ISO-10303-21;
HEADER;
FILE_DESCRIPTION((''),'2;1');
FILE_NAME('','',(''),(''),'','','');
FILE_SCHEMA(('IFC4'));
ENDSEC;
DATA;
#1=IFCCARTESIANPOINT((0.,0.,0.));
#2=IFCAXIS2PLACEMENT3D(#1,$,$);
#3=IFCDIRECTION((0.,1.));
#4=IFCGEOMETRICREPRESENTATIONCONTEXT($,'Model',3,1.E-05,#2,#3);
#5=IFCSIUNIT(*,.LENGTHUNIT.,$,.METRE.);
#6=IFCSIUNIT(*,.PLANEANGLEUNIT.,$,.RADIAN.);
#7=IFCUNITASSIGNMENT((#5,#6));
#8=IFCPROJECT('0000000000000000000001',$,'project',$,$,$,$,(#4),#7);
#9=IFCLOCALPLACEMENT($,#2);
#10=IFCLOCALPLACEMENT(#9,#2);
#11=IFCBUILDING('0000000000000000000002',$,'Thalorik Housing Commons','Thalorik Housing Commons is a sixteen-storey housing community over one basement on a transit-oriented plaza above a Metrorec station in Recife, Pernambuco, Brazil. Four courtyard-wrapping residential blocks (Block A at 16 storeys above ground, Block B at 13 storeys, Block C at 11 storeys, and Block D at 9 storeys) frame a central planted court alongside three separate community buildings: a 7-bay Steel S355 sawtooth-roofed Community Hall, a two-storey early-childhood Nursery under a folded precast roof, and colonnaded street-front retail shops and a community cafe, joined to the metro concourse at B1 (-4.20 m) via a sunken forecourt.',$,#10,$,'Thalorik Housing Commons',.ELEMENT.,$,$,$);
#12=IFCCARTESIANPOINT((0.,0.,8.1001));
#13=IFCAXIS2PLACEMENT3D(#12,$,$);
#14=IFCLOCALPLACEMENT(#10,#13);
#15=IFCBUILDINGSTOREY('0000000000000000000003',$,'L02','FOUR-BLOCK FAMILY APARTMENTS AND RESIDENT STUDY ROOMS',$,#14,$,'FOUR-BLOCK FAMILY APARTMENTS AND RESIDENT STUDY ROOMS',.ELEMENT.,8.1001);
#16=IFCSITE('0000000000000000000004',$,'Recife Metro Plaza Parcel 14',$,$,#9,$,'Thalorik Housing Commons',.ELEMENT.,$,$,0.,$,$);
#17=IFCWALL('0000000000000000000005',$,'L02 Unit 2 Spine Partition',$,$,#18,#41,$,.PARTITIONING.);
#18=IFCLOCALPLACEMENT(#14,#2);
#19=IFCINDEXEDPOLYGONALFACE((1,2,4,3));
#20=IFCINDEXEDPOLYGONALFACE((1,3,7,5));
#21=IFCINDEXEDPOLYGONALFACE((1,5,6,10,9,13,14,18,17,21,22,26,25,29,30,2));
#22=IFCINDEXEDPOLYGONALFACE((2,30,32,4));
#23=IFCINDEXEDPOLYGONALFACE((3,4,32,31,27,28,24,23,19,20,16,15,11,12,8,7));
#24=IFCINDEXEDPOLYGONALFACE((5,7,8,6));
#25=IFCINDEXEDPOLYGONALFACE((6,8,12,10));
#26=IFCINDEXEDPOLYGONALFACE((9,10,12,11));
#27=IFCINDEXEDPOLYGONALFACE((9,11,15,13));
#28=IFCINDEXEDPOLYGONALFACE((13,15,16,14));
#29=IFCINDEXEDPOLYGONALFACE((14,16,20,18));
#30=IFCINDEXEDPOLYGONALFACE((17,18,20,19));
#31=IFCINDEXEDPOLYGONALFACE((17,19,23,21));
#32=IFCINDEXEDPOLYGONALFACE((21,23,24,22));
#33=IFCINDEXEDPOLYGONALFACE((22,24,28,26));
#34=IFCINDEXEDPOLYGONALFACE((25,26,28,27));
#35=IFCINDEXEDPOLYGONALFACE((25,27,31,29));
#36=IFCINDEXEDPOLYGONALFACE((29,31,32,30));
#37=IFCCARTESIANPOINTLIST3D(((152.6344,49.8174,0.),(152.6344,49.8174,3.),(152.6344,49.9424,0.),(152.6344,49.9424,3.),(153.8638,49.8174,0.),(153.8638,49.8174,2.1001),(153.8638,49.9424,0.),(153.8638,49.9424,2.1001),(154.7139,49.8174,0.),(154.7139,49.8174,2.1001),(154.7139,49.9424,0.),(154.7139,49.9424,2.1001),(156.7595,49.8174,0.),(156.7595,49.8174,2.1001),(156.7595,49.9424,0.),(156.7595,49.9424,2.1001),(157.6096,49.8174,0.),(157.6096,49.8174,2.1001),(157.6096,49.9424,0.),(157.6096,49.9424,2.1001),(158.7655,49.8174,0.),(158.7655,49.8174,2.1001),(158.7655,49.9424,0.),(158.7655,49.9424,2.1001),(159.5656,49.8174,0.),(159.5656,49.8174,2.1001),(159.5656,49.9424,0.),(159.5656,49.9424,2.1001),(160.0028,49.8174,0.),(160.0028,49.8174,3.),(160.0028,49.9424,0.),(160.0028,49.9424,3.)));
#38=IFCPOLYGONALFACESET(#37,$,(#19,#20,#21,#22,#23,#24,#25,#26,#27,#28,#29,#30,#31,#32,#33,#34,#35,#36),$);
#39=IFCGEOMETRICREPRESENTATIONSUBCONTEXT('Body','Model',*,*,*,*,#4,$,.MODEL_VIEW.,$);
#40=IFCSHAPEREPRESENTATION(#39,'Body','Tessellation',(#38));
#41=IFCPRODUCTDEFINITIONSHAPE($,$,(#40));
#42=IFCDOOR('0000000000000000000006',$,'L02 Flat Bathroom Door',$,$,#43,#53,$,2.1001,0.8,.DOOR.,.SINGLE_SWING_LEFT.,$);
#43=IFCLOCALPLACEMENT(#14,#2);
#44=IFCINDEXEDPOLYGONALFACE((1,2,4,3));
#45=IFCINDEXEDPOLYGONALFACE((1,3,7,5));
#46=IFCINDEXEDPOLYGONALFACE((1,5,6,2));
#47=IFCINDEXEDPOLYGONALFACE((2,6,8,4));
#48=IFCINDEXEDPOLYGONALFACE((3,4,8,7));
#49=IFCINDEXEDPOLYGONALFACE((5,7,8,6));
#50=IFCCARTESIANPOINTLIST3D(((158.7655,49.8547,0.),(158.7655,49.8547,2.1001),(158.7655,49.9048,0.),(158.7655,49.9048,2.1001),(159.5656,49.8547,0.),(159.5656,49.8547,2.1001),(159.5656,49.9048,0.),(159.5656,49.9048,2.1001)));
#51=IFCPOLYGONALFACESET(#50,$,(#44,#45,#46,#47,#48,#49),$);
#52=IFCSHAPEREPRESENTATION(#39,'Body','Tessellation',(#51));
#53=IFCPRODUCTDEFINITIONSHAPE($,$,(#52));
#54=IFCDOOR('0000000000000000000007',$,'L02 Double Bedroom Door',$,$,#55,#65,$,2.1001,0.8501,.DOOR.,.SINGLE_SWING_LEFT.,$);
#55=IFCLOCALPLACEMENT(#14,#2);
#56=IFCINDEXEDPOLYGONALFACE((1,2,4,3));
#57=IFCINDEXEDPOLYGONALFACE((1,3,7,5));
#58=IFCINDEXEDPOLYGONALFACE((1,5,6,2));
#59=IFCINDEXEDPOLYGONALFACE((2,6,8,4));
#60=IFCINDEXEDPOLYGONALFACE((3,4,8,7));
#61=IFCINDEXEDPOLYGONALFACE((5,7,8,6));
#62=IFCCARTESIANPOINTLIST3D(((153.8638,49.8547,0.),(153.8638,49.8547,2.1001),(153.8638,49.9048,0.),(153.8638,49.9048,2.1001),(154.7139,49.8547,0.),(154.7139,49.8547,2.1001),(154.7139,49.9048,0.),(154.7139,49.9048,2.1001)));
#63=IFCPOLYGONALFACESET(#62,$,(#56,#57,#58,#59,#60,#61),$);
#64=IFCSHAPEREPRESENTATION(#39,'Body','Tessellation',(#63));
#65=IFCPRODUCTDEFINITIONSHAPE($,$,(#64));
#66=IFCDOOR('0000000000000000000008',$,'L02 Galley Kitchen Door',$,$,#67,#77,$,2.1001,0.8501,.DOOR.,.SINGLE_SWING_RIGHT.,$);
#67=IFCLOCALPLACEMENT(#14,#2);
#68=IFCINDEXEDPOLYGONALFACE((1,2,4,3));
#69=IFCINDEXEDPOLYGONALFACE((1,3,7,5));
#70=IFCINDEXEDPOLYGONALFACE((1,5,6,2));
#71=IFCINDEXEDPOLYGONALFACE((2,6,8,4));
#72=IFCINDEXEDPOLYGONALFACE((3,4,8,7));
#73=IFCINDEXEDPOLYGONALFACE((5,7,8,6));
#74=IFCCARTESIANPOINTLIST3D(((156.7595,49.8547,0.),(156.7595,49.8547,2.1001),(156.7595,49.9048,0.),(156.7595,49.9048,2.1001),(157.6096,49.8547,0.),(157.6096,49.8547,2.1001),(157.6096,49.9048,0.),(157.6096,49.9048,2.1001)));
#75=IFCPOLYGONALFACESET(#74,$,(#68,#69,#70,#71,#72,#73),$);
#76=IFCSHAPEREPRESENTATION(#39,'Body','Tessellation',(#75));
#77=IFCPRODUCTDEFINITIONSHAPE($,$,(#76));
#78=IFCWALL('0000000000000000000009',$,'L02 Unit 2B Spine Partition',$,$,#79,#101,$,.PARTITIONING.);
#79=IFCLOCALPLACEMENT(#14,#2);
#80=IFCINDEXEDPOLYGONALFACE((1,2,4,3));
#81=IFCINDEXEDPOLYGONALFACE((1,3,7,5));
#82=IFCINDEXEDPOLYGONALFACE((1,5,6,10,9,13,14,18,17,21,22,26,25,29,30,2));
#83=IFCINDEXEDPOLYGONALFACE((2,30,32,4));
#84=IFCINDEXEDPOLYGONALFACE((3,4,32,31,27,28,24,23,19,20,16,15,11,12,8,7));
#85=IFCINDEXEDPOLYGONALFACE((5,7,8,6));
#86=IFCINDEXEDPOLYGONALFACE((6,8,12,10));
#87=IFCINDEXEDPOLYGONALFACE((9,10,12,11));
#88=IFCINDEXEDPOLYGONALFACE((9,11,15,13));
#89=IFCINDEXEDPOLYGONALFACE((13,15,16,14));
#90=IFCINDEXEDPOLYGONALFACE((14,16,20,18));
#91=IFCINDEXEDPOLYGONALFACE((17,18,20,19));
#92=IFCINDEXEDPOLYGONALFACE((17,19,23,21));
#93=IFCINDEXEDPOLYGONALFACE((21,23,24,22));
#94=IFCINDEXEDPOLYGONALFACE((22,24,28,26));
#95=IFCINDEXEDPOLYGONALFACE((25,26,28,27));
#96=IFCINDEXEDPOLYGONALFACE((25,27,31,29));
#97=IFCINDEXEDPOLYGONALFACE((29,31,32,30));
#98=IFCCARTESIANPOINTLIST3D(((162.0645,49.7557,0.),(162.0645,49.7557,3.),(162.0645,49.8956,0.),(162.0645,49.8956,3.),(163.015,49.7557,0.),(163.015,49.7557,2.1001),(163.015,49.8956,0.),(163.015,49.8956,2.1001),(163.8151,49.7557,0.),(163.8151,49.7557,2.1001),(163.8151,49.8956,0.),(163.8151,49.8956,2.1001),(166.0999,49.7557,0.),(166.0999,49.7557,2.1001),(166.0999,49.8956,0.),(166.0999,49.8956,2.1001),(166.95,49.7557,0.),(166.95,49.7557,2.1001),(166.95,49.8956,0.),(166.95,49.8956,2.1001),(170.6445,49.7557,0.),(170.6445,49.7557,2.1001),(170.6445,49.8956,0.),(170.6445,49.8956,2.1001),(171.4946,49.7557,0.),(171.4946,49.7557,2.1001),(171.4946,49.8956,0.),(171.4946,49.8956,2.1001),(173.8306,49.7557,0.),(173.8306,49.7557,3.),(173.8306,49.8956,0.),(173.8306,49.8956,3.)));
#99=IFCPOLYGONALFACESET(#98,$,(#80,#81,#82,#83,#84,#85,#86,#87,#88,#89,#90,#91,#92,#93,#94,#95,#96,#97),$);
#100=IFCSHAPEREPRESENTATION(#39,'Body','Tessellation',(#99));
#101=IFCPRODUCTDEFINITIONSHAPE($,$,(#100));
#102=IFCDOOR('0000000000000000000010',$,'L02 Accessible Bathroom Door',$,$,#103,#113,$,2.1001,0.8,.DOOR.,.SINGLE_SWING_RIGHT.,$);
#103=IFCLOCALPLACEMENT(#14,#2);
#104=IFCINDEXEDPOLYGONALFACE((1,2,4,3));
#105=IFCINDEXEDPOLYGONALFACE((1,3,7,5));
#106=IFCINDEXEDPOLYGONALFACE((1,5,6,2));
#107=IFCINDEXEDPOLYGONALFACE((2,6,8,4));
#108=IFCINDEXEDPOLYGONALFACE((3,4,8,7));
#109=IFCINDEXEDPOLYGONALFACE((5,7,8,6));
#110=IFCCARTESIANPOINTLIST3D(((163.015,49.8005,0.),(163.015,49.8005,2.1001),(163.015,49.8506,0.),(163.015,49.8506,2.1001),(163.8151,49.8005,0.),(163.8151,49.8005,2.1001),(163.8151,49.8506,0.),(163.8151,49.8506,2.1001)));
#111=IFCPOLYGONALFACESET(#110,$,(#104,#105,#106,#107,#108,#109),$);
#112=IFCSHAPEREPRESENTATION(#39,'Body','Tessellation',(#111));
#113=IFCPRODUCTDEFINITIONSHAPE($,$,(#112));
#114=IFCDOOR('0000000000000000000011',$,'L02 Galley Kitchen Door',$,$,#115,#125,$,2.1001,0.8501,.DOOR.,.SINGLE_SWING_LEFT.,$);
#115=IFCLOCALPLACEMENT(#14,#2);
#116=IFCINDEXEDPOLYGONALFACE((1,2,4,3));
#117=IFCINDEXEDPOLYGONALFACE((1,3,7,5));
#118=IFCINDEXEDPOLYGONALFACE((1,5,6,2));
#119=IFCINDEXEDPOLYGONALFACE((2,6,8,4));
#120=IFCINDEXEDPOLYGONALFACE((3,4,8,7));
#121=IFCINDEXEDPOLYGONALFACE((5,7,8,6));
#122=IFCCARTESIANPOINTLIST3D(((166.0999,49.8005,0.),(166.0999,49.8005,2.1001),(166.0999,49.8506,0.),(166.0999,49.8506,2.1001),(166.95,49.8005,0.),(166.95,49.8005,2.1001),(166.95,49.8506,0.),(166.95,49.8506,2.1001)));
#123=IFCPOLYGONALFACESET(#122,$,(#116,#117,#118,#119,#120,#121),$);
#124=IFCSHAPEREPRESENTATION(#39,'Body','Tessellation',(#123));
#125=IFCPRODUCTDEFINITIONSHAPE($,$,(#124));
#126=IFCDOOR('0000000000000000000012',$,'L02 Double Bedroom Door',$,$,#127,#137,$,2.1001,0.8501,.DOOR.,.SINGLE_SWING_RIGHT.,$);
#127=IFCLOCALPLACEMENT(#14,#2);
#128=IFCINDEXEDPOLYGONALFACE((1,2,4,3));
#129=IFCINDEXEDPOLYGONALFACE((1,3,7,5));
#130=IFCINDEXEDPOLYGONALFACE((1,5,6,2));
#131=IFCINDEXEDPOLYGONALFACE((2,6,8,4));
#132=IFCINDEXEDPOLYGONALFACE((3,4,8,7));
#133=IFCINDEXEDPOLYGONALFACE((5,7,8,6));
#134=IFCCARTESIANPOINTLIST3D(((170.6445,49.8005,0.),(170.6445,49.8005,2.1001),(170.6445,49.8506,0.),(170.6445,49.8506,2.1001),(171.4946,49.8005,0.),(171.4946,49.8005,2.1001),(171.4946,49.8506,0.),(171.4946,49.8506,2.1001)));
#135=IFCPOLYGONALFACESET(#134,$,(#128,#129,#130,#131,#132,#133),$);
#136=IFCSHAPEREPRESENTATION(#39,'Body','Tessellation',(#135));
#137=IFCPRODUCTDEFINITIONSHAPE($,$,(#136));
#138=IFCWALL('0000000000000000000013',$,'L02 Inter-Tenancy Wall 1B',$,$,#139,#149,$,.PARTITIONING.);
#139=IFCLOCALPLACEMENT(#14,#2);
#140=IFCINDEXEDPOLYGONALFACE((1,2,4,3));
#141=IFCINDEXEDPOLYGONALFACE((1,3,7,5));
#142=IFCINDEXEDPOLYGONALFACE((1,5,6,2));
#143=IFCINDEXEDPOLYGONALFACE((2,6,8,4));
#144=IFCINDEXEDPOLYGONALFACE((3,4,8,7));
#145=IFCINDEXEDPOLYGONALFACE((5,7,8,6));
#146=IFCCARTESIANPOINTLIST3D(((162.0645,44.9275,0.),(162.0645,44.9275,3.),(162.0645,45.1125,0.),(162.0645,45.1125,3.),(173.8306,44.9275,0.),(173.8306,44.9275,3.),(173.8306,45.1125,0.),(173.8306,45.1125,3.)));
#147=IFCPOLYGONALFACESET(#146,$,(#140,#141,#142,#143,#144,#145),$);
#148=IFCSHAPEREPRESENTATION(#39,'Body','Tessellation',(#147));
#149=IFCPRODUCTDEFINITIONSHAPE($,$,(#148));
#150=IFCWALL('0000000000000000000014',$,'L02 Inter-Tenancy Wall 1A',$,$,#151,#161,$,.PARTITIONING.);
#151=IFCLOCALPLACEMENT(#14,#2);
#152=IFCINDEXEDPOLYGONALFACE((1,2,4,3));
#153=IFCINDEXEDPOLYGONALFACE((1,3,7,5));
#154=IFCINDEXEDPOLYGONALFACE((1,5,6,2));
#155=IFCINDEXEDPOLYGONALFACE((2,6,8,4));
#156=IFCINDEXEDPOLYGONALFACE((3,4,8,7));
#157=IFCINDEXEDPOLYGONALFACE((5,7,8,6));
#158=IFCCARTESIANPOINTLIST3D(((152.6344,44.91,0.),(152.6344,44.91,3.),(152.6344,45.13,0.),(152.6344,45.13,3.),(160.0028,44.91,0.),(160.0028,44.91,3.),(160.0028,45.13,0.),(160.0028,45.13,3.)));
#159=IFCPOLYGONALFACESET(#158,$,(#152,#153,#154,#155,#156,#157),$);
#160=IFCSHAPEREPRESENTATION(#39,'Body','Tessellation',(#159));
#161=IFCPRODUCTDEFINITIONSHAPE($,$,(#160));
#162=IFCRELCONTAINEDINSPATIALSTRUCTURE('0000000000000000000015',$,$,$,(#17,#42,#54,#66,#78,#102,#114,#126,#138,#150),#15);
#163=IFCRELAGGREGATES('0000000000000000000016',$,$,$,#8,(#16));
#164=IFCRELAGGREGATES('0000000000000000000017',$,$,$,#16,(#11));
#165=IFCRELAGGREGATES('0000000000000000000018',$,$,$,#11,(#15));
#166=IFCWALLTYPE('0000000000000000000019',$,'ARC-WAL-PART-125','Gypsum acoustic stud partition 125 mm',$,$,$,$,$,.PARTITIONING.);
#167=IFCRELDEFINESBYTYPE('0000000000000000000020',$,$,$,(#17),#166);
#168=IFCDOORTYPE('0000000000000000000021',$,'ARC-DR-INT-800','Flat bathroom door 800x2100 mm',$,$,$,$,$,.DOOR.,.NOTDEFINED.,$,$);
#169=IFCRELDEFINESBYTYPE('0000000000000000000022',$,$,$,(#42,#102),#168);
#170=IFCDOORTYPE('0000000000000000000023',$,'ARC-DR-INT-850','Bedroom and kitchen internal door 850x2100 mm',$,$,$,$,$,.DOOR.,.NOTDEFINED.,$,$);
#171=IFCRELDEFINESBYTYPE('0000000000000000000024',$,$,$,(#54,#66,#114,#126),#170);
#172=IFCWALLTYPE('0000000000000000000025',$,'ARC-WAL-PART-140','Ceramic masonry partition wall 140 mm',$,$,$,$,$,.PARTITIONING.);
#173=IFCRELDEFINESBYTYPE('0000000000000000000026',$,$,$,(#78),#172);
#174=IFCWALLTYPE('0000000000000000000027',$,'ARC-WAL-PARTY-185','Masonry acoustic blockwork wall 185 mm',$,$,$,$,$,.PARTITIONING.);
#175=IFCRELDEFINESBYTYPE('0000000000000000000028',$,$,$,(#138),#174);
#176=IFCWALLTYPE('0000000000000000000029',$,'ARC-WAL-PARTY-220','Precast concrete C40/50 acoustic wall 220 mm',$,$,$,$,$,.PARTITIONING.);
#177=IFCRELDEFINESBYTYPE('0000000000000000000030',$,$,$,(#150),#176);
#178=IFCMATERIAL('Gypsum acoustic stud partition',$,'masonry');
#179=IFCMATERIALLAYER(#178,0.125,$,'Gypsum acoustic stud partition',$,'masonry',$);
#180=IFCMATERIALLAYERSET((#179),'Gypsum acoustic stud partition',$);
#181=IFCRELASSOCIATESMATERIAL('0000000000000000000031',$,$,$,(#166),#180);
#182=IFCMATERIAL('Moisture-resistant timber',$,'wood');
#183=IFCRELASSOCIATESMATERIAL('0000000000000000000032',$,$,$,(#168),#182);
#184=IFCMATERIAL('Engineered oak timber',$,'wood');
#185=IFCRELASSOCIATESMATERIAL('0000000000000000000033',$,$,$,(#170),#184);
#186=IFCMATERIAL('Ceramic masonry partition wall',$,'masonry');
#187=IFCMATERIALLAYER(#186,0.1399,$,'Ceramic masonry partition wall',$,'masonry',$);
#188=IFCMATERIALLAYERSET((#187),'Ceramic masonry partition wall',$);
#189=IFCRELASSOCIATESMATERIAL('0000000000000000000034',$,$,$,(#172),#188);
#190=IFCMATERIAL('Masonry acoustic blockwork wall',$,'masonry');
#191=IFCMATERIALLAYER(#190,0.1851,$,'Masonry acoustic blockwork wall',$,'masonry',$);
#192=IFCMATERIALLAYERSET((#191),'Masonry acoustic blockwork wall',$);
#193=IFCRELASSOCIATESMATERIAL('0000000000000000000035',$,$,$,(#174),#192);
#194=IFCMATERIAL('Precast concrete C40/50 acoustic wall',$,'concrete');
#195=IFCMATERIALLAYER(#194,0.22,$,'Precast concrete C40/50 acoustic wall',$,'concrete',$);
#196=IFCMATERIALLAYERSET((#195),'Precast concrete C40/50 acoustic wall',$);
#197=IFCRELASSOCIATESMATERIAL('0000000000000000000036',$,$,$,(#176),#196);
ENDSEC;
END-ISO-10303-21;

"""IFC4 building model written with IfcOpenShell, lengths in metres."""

from ifc_helpers import new_model, si_unit, direction, frame, frame_2d, origin, place, context, subcontext, project, spatial, rectangle, extrude, material, layer, layer_set, type_object, element, fill, save


model = new_model("IFC4")

# Units and contexts
model_context = context("Model", 3, precision=1e-05, world=origin(), true_north=direction((0.0, 1.0)))
body_context = subcontext(model_context, "Body", "Model", "MODEL_VIEW")
ifc_project = project(units=[si_unit("LENGTHUNIT", "METRE"), si_unit("PLANEANGLEUNIT", "RADIAN")], contexts=[model_context])

# Site, building, storey
site_placement = place(None, origin())
site = spatial("IfcSite", under=ifc_project, at=site_placement, Name="Recife Metro Plaza Parcel 14", LongName="Thalorik Housing Commons", CompositionType="ELEMENT", RefElevation=0.0)
building_placement = place(site_placement, origin())
building = spatial("IfcBuilding", under=site, at=building_placement, Name="Thalorik Housing Commons", Description="Thalorik Housing Commons is a sixteen-storey housing community over one basement on a transit-oriented plaza above a Metrorec station in Recife, Pernambuco, Brazil. Four courtyard-wrapping residential blocks (Block A at 16 storeys above ground, Block B at 13 storeys, Block C at 11 storeys, and Block D at 9 storeys) frame a central planted court alongside three separate community buildings: a 7-bay Steel S355 sawtooth-roofed Community Hall, a two-storey early-childhood Nursery under a folded precast roof, and colonnaded street-front retail shops and a community cafe, joined to the metro concourse at B1 (-4.20 m) via a sunken forecourt.", LongName="Thalorik Housing Commons", CompositionType="ELEMENT")
storey_placement = place(building_placement, frame((0.0, 0.0, 8.1001)))
storey = spatial("IfcBuildingStorey", under=building, at=storey_placement, Name="L02", Description="FOUR-BLOCK FAMILY APARTMENTS AND RESIDENT STUDY ROOMS", LongName="FOUR-BLOCK FAMILY APARTMENTS AND RESIDENT STUDY ROOMS", CompositionType="ELEMENT", Elevation=8.1001)

# Walls, openings, doors
ifc_material_1 = material(Name="Gypsum acoustic stud partition", Category="masonry")
ifc_layer_1 = layer(ifc_material_1, 0.125, Name="Gypsum acoustic stud partition", Category="masonry")
ifc_layer_set_1 = layer_set([ifc_layer_1], Name="Gypsum acoustic stud partition")
wall_type_1 = type_object("IfcWallType", Name="ARC-WAL-PART-125", Description="Gypsum acoustic stud partition 125 mm", PredefinedType="PARTITIONING", material=ifc_layer_set_1)
wall_1_placement = place(storey_placement, frame((152.6345, 49.8799, 0.0), z_axis=(0.0, 0.0, 1.0), x_axis=(1.0, 0.0, 0.0)))
wall_1 = element("IfcWall", 1, at=wall_1_placement, inside=storey, type_object=wall_type_1, Name="L02 Unit 2 Spine Partition", PredefinedType="PARTITIONING", context=body_context, shape_type="SweptSolid", body=[
    extrude(rectangle(XDim=7.3684, YDim=0.125, at=frame_2d((3.6841, 0.0))), origin(), (0.0, 0.0, 1.0), 3.0),
])
opening_1_placement = place(wall_1_placement, frame((1.2292, 0.0, 0.0)))
opening_1 = element("IfcOpeningElement", 2, at=opening_1_placement, cuts=wall_1, PredefinedType="OPENING", context=body_context, shape_type="SweptSolid", body=[
    extrude(rectangle(XDim=0.8501, YDim=2.1001, at=frame_2d((0.425, 1.05))), frame((0.0, 0.0725, 0.0), z_axis=(0.0, -1.0, 0.0), x_axis=(1.0, 0.0, 0.0)), (0.0, 0.0, 1.0), 0.145),
])
opening_2_placement = place(wall_1_placement, frame((4.125, 0.0, 0.0)))
opening_2 = element("IfcOpeningElement", 3, at=opening_2_placement, cuts=wall_1, PredefinedType="OPENING", context=body_context, shape_type="SweptSolid", body=[
    extrude(rectangle(XDim=0.8501, YDim=2.1001, at=frame_2d((0.425, 1.05))), frame((0.0, 0.0725, 0.0), z_axis=(0.0, -1.0, 0.0), x_axis=(1.0, 0.0, 0.0)), (0.0, 0.0, 1.0), 0.145),
])
opening_3_placement = place(wall_1_placement, frame((6.1311, 0.0, 0.0)))
opening_3 = element("IfcOpeningElement", 4, at=opening_3_placement, cuts=wall_1, PredefinedType="OPENING", context=body_context, shape_type="SweptSolid", body=[
    extrude(rectangle(XDim=0.8, YDim=2.1001, at=frame_2d((0.3999, 1.05))), frame((0.0, 0.0725, 0.0), z_axis=(0.0, -1.0, 0.0), x_axis=(1.0, 0.0, 0.0)), (0.0, 0.0, 1.0), 0.145),
])
ifc_material_2 = material(Name="Moisture-resistant timber", Category="wood")
door_type_1 = type_object("IfcDoorType", Name="ARC-DR-INT-800", Description="Flat bathroom door 800x2100 mm", OperationType="NOTDEFINED", PredefinedType="DOOR", material=ifc_material_2)
door_1_placement = place(opening_3_placement, origin())
door_1 = element("IfcDoor", 5, at=door_1_placement, inside=storey, type_object=door_type_1, Name="L02 Flat Bathroom Door", OperationType="SINGLE_SWING_LEFT", OverallHeight=2.1001, OverallWidth=0.8, PredefinedType="DOOR", context=body_context, shape_type="SweptSolid", body=[
    extrude(rectangle(XDim=0.8, YDim=2.1001, at=frame_2d((0.3999, 1.05))), frame((0.0, 0.0249, 0.0), z_axis=(0.0, -1.0, 0.0), x_axis=(1.0, 0.0, 0.0)), (0.0, 0.0, 1.0), 0.05),
])
fill(opening_3, door_1)
ifc_material_3 = material(Name="Engineered oak timber", Category="wood")
door_type_2 = type_object("IfcDoorType", Name="ARC-DR-INT-850", Description="Bedroom and kitchen internal door 850x2100 mm", OperationType="NOTDEFINED", PredefinedType="DOOR", material=ifc_material_3)
door_2_placement = place(opening_1_placement, origin())
door_2 = element("IfcDoor", 6, at=door_2_placement, inside=storey, type_object=door_type_2, Name="L02 Double Bedroom Door", OperationType="SINGLE_SWING_LEFT", OverallHeight=2.1001, OverallWidth=0.8501, PredefinedType="DOOR", context=body_context, shape_type="SweptSolid", body=[
    extrude(rectangle(XDim=0.8501, YDim=2.1001, at=frame_2d((0.425, 1.05))), frame((0.0, 0.0249, 0.0), z_axis=(0.0, -1.0, 0.0), x_axis=(1.0, 0.0, 0.0)), (0.0, 0.0, 1.0), 0.05),
])
fill(opening_1, door_2)
door_3_placement = place(opening_2_placement, origin())
door_3 = element("IfcDoor", 7, at=door_3_placement, inside=storey, type_object=door_type_2, Name="L02 Galley Kitchen Door", OperationType="SINGLE_SWING_RIGHT", OverallHeight=2.1001, OverallWidth=0.8501, PredefinedType="DOOR", context=body_context, shape_type="SweptSolid", body=[
    extrude(rectangle(XDim=0.8501, YDim=2.1001, at=frame_2d((0.425, 1.05))), frame((0.0, 0.0249, 0.0), z_axis=(0.0, -1.0, 0.0), x_axis=(1.0, 0.0, 0.0)), (0.0, 0.0, 1.0), 0.05),
])
fill(opening_2, door_3)
ifc_material_4 = material(Name="Ceramic masonry partition wall", Category="masonry")
ifc_layer_2 = layer(ifc_material_4, 0.1399, Name="Ceramic masonry partition wall", Category="masonry")
ifc_layer_set_2 = layer_set([ifc_layer_2], Name="Ceramic masonry partition wall")
wall_type_2 = type_object("IfcWallType", Name="ARC-WAL-PART-140", Description="Ceramic masonry partition wall 140 mm", PredefinedType="PARTITIONING", material=ifc_layer_set_2)
wall_2_placement = place(storey_placement, frame((162.0645, 49.8257, 0.0), z_axis=(0.0, 0.0, 1.0), x_axis=(1.0, 0.0, 0.0)))
wall_2 = element("IfcWall", 8, at=wall_2_placement, inside=storey, type_object=wall_type_2, Name="L02 Unit 2B Spine Partition", PredefinedType="PARTITIONING", context=body_context, shape_type="SweptSolid", body=[
    extrude(rectangle(XDim=11.7661, YDim=0.1399, at=frame_2d((5.8831, 0.0))), origin(), (0.0, 0.0, 1.0), 3.0),
])
opening_4_placement = place(wall_2_placement, frame((0.9507, 0.0, 0.0)))
opening_4 = element("IfcOpeningElement", 9, at=opening_4_placement, cuts=wall_2, PredefinedType="OPENING", context=body_context, shape_type="SweptSolid", body=[
    extrude(rectangle(XDim=0.8, YDim=2.1001, at=frame_2d((0.3999, 1.05))), frame((0.0, 0.0801, 0.0), z_axis=(0.0, -1.0, 0.0), x_axis=(1.0, 0.0, 0.0)), (0.0, 0.0, 1.0), 0.1599),
])
opening_5_placement = place(wall_2_placement, frame((4.0354, 0.0, 0.0)))
opening_5 = element("IfcOpeningElement", 10, at=opening_5_placement, cuts=wall_2, PredefinedType="OPENING", context=body_context, shape_type="SweptSolid", body=[
    extrude(rectangle(XDim=0.8501, YDim=2.1001, at=frame_2d((0.425, 1.05))), frame((0.0, 0.0801, 0.0), z_axis=(0.0, -1.0, 0.0), x_axis=(1.0, 0.0, 0.0)), (0.0, 0.0, 1.0), 0.1599),
])
opening_6_placement = place(wall_2_placement, frame((8.5801, 0.0, 0.0)))
opening_6 = element("IfcOpeningElement", 11, at=opening_6_placement, cuts=wall_2, PredefinedType="OPENING", context=body_context, shape_type="SweptSolid", body=[
    extrude(rectangle(XDim=0.8501, YDim=2.1001, at=frame_2d((0.425, 1.05))), frame((0.0, 0.0801, 0.0), z_axis=(0.0, -1.0, 0.0), x_axis=(1.0, 0.0, 0.0)), (0.0, 0.0, 1.0), 0.1599),
])
door_4_placement = place(opening_4_placement, origin())
door_4 = element("IfcDoor", 12, at=door_4_placement, inside=storey, type_object=door_type_1, Name="L02 Accessible Bathroom Door", OperationType="SINGLE_SWING_RIGHT", OverallHeight=2.1001, OverallWidth=0.8, PredefinedType="DOOR", context=body_context, shape_type="SweptSolid", body=[
    extrude(rectangle(XDim=0.8, YDim=2.1001, at=frame_2d((0.3999, 1.05))), frame((0.0, 0.0249, 0.0), z_axis=(0.0, -1.0, 0.0), x_axis=(1.0, 0.0, 0.0)), (0.0, 0.0, 1.0), 0.05),
])
fill(opening_4, door_4)
door_5_placement = place(opening_5_placement, origin())
door_5 = element("IfcDoor", 13, at=door_5_placement, inside=storey, type_object=door_type_2, Name="L02 Galley Kitchen Door", OperationType="SINGLE_SWING_LEFT", OverallHeight=2.1001, OverallWidth=0.8501, PredefinedType="DOOR", context=body_context, shape_type="SweptSolid", body=[
    extrude(rectangle(XDim=0.8501, YDim=2.1001, at=frame_2d((0.425, 1.05))), frame((0.0, 0.0249, 0.0), z_axis=(0.0, -1.0, 0.0), x_axis=(1.0, 0.0, 0.0)), (0.0, 0.0, 1.0), 0.05),
])
fill(opening_5, door_5)
door_6_placement = place(opening_6_placement, origin())
door_6 = element("IfcDoor", 14, at=door_6_placement, inside=storey, type_object=door_type_2, Name="L02 Double Bedroom Door", OperationType="SINGLE_SWING_RIGHT", OverallHeight=2.1001, OverallWidth=0.8501, PredefinedType="DOOR", context=body_context, shape_type="SweptSolid", body=[
    extrude(rectangle(XDim=0.8501, YDim=2.1001, at=frame_2d((0.425, 1.05))), frame((0.0, 0.0249, 0.0), z_axis=(0.0, -1.0, 0.0), x_axis=(1.0, 0.0, 0.0)), (0.0, 0.0, 1.0), 0.05),
])
fill(opening_6, door_6)

# Walls
ifc_material_5 = material(Name="Masonry acoustic blockwork wall", Category="masonry")
ifc_layer_3 = layer(ifc_material_5, 0.1851, Name="Masonry acoustic blockwork wall", Category="masonry")
ifc_layer_set_3 = layer_set([ifc_layer_3], Name="Masonry acoustic blockwork wall")
wall_type_3 = type_object("IfcWallType", Name="ARC-WAL-PARTY-185", Description="Masonry acoustic blockwork wall 185 mm", PredefinedType="PARTITIONING", material=ifc_layer_set_3)
wall_3_placement = place(storey_placement, frame((162.0645, 45.02, 0.0), z_axis=(0.0, 0.0, 1.0), x_axis=(1.0, 0.0, 0.0)))
element("IfcWall", 15, at=wall_3_placement, inside=storey, type_object=wall_type_3, Name="L02 Inter-Tenancy Wall 1B", PredefinedType="PARTITIONING", context=body_context, shape_type="SweptSolid", body=[
    extrude(rectangle(XDim=11.7661, YDim=0.1851, at=frame_2d((5.8831, 0.0))), origin(), (0.0, 0.0, 1.0), 3.0),
])
ifc_material_6 = material(Name="Precast concrete C40/50 acoustic wall", Category="concrete")
ifc_layer_4 = layer(ifc_material_6, 0.22, Name="Precast concrete C40/50 acoustic wall", Category="concrete")
ifc_layer_set_4 = layer_set([ifc_layer_4], Name="Precast concrete C40/50 acoustic wall")
wall_type_4 = type_object("IfcWallType", Name="ARC-WAL-PARTY-220", Description="Precast concrete C40/50 acoustic wall 220 mm", PredefinedType="PARTITIONING", material=ifc_layer_set_4)
wall_4_placement = place(storey_placement, frame((152.6345, 45.02, 0.0), z_axis=(0.0, 0.0, 1.0), x_axis=(1.0, 0.0, 0.0)))
element("IfcWall", 16, at=wall_4_placement, inside=storey, type_object=wall_type_4, Name="L02 Inter-Tenancy Wall 1A", PredefinedType="PARTITIONING", context=body_context, shape_type="SweptSolid", body=[
    extrude(rectangle(XDim=7.3684, YDim=0.22, at=frame_2d((3.6841, 0.0))), origin(), (0.0, 0.0, 1.0), 3.0),
])

save(model, "model.ifc")
